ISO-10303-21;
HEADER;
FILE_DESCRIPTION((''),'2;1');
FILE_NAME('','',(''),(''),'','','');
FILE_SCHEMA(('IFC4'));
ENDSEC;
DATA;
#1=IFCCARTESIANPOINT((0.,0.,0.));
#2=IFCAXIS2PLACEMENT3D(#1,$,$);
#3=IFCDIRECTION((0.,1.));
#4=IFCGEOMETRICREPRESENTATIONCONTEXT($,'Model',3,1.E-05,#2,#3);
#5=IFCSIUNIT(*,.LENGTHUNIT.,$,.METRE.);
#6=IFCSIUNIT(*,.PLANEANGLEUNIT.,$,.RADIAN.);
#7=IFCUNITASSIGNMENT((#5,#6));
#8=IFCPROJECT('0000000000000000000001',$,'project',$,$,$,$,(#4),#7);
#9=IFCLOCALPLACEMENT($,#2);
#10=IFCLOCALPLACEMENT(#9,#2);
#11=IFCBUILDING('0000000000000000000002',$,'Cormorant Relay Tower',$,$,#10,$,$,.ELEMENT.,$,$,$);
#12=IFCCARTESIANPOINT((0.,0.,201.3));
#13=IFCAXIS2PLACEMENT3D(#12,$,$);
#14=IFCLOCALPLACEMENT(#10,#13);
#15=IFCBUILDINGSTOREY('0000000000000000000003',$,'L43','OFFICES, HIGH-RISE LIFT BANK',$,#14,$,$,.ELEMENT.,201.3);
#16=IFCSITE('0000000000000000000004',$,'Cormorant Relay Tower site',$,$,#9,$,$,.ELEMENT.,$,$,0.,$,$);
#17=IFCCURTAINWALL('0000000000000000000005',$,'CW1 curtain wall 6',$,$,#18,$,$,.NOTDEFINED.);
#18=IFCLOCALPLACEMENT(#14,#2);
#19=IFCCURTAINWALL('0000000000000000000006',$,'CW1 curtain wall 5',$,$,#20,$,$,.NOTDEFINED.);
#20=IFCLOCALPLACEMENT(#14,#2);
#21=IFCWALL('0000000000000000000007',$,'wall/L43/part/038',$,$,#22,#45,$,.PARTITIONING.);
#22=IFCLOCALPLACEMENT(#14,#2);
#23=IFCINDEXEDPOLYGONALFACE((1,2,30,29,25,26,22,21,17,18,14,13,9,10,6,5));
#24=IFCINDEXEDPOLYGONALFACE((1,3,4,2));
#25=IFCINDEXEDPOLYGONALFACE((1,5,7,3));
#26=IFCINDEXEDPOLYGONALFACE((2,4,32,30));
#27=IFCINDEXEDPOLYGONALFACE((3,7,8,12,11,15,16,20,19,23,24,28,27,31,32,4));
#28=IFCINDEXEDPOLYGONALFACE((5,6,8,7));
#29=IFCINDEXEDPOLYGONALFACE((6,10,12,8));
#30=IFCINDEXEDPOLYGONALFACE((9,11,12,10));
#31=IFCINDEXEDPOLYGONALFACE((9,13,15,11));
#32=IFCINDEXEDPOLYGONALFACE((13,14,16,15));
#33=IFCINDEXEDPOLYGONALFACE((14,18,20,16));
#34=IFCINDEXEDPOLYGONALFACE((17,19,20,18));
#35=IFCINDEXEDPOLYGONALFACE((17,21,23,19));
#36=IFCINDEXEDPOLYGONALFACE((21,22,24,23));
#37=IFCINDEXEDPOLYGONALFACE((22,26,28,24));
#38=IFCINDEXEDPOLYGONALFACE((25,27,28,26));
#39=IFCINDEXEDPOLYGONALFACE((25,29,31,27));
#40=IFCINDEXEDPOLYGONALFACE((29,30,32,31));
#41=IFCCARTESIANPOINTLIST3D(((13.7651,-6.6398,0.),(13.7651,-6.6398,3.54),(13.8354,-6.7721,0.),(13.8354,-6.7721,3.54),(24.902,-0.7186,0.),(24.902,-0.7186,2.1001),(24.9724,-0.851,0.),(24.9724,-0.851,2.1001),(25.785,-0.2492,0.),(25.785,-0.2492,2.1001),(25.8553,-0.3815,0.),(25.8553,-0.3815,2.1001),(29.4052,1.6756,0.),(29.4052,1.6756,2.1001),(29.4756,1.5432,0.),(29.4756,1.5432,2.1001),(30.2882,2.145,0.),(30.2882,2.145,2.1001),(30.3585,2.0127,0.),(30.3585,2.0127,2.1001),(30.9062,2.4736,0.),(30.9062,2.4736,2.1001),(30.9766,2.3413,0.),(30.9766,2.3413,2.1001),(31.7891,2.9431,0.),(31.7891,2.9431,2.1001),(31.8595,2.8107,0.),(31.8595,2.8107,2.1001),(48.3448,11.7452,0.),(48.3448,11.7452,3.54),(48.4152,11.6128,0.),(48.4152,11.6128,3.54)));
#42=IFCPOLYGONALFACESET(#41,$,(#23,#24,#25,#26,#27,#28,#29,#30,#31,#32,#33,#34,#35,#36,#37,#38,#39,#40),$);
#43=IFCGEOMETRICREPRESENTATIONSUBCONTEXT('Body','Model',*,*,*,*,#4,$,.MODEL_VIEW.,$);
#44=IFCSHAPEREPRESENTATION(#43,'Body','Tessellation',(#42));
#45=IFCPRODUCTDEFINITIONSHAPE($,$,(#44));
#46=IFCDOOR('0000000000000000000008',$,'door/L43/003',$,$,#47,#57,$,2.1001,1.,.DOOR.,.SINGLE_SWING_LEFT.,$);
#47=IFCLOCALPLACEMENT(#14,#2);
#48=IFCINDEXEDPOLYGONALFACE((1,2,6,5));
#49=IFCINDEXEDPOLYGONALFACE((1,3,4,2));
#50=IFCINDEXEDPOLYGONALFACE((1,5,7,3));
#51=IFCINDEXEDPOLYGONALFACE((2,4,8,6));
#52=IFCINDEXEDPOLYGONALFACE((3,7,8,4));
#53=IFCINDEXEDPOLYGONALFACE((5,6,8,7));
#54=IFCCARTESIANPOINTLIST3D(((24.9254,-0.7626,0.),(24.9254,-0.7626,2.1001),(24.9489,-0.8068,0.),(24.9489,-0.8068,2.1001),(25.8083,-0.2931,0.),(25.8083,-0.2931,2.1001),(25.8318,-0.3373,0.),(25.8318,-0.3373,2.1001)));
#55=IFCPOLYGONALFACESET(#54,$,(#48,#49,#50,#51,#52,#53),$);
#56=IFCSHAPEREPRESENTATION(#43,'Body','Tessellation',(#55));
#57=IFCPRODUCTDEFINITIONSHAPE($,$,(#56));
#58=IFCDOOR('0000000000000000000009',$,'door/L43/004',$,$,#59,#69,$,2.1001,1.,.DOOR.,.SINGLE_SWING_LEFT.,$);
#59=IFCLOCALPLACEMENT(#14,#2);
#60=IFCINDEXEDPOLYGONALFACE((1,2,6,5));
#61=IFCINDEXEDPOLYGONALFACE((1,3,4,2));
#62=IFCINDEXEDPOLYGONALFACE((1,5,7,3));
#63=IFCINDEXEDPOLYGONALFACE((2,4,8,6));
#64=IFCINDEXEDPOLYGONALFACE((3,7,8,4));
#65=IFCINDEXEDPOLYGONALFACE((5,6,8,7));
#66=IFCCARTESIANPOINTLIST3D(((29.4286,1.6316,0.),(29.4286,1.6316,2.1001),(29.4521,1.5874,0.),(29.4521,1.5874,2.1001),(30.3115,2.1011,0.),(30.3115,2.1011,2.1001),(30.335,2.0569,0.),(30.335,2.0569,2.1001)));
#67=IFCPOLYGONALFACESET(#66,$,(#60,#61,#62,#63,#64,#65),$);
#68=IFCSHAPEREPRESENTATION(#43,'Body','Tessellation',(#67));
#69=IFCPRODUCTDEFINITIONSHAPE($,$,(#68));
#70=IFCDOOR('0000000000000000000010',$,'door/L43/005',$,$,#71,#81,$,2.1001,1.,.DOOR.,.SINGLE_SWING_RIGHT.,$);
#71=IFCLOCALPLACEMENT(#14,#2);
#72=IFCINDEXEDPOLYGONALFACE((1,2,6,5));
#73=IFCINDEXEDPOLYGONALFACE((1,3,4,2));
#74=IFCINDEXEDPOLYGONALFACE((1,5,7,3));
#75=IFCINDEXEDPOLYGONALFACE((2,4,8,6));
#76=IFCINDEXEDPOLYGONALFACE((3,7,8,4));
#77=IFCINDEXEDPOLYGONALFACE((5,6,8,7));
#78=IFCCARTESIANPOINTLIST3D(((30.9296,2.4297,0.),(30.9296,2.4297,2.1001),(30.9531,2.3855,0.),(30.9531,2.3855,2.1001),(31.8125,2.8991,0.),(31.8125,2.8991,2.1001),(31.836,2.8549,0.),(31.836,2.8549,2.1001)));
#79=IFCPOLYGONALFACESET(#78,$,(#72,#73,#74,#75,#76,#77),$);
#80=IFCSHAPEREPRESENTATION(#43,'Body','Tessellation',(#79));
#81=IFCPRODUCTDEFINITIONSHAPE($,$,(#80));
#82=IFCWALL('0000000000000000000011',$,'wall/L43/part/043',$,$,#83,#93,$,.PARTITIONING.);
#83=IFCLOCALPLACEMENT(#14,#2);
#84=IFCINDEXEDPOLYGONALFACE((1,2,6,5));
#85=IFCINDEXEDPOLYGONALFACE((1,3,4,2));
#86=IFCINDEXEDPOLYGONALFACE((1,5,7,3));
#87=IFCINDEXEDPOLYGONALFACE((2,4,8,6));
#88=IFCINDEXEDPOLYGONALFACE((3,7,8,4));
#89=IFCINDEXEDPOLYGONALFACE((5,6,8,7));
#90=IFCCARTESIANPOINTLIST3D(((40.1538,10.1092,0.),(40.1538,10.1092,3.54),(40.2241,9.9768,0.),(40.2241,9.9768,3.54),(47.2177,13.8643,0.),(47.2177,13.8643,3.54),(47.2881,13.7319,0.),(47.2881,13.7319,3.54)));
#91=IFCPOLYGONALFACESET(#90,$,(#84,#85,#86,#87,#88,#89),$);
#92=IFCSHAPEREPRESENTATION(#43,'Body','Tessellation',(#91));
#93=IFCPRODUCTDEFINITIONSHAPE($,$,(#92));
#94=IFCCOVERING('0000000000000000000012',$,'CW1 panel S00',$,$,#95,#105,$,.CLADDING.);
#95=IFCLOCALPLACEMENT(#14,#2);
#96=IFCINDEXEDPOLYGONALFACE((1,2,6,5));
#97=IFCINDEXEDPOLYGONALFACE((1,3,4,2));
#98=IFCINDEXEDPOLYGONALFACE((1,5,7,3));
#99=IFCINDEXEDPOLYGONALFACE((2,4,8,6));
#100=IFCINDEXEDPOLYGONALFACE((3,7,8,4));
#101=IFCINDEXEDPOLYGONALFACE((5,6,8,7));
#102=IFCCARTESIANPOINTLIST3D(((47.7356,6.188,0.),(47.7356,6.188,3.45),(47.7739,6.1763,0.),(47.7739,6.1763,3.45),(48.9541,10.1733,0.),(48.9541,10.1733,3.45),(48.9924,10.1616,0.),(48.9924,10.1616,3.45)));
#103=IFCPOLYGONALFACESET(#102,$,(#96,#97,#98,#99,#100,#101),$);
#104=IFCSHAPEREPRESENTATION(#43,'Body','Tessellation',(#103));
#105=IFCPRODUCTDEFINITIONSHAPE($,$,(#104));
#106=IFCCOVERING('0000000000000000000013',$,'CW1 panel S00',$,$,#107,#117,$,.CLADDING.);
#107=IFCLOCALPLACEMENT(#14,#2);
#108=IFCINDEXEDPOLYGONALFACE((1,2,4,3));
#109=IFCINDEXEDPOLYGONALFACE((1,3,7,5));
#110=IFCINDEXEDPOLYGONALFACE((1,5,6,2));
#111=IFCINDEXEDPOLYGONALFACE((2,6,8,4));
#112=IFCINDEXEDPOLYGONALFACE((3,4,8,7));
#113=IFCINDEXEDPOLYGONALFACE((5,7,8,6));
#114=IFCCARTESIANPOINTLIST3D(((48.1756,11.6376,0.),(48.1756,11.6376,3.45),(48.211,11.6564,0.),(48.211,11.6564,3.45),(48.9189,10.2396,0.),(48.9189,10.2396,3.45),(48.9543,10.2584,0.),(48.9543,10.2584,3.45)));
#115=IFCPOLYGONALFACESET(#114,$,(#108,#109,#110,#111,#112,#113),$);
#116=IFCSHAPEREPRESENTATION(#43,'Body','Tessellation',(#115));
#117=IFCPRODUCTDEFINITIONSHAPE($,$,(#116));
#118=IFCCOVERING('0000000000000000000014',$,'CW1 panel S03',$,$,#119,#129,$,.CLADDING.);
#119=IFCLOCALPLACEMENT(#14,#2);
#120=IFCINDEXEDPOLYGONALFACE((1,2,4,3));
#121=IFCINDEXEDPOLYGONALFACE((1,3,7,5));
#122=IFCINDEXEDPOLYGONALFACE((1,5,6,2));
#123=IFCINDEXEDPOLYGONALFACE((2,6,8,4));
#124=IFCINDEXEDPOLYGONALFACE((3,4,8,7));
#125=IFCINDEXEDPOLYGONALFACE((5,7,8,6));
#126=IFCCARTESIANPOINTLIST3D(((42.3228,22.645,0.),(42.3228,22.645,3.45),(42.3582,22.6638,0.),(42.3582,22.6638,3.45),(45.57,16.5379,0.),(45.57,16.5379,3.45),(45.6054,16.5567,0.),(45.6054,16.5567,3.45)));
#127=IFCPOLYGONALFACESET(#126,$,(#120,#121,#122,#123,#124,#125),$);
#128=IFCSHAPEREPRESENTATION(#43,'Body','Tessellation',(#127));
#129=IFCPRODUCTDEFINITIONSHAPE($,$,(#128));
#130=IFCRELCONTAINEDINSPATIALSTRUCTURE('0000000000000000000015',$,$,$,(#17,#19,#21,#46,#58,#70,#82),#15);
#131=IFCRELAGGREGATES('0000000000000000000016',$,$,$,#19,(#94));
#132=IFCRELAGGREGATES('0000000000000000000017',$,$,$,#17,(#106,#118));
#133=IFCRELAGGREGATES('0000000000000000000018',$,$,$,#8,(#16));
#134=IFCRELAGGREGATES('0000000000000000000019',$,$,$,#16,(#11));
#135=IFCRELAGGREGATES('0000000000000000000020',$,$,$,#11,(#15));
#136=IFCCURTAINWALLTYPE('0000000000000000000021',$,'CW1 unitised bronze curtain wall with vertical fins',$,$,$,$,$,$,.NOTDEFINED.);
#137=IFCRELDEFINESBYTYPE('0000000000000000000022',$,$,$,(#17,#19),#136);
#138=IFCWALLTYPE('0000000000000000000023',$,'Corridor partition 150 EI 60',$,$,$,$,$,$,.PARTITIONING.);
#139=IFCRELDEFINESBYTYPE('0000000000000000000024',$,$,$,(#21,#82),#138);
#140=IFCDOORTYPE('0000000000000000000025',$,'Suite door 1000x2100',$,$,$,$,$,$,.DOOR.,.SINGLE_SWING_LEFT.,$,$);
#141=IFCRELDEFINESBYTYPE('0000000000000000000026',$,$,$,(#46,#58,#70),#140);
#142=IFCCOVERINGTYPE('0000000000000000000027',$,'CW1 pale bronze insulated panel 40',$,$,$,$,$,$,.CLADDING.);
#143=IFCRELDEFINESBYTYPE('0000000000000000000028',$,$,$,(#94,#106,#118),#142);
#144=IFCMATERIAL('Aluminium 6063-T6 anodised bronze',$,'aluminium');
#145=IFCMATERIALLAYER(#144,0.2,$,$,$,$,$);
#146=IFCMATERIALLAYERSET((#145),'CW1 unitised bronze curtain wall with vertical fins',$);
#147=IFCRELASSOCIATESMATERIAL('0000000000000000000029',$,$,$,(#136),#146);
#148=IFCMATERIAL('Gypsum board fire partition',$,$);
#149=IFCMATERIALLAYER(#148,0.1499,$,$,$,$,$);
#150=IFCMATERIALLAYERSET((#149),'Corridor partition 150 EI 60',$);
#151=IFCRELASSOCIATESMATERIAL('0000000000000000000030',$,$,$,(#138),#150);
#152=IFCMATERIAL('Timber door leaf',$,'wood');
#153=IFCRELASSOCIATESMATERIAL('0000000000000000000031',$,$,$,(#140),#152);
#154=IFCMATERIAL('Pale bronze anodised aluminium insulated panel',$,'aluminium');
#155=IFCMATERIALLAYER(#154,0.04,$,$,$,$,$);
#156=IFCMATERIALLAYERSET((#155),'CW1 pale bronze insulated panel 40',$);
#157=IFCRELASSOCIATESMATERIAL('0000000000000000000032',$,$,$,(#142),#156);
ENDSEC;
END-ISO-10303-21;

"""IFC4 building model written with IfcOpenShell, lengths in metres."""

from ifc_helpers import new_model, si_unit, direction, frame, frame_2d, origin, origin_2d, place, context, subcontext, project, spatial, rectangle, extrude, material, layer, layer_set, type_object, element, fill, aggregate, save


model = new_model("IFC4")

# Units and contexts
model_context = context("Model", 3, precision=1e-05, world=origin(), true_north=direction((0.0, 1.0)))
body_context = subcontext(model_context, "Body", "Model", "MODEL_VIEW")
ifc_project = project(units=[si_unit("LENGTHUNIT", "METRE"), si_unit("PLANEANGLEUNIT", "RADIAN")], contexts=[model_context])

# Site, building, storey
site_placement = place(None, origin())
site = spatial("IfcSite", under=ifc_project, at=site_placement, Name="Cormorant Relay Tower site", CompositionType="ELEMENT", RefElevation=0.0)
building_placement = place(site_placement, origin())
building = spatial("IfcBuilding", under=site, at=building_placement, Name="Cormorant Relay Tower", CompositionType="ELEMENT")
storey_placement = place(building_placement, frame((0.0, 0.0, 201.3)))
storey = spatial("IfcBuildingStorey", under=building, at=storey_placement, Name="L43", Description="OFFICES, HIGH-RISE LIFT BANK", CompositionType="ELEMENT", Elevation=201.3)

# Curtain wall
ifc_material_1 = material(Name="Aluminium 6063-T6 anodised bronze", Category="aluminium")
ifc_layer_1 = layer(ifc_material_1, 0.2)
ifc_layer_set_1 = layer_set([ifc_layer_1], Name="CW1 unitised bronze curtain wall with vertical fins")
curtain_wall_type = type_object("IfcCurtainWallType", Name="CW1 unitised bronze curtain wall with vertical fins", PredefinedType="NOTDEFINED", material=ifc_layer_set_1)
curtain_wall_1_placement = place(storey_placement, origin())
curtain_wall_1 = element("IfcCurtainWall", 1, at=curtain_wall_1_placement, inside=storey, type_object=curtain_wall_type, Name="CW1 curtain wall 6", PredefinedType="NOTDEFINED")

# Curtain wall
curtain_wall_2_placement = place(storey_placement, origin())
curtain_wall_2 = element("IfcCurtainWall", 2, at=curtain_wall_2_placement, inside=storey, type_object=curtain_wall_type, Name="CW1 curtain wall 5", PredefinedType="NOTDEFINED")

# Wall, openings, doors
ifc_material_2 = material(Name="Gypsum board fire partition")
ifc_layer_2 = layer(ifc_material_2, 0.1499)
ifc_layer_set_2 = layer_set([ifc_layer_2], Name="Corridor partition 150 EI 60")
wall_type_1 = type_object("IfcWallType", Name="Corridor partition 150 EI 60", PredefinedType="PARTITIONING", material=ifc_layer_set_2)
wall_1_placement = place(storey_placement, frame((48.3799, 11.679, 0.0), z_axis=(0.0, 0.0, 1.0), x_axis=(-0.882963, -0.469443, 0.0)))
wall_1 = element("IfcWall", 3, at=wall_1_placement, inside=storey, type_object=wall_type_1, Name="wall/L43/part/038", PredefinedType="PARTITIONING", context=body_context, shape_type="SweptSolid", body=[
    extrude(rectangle(XDim=39.1633, YDim=0.1499, at=frame_2d((19.5815, 0.0))), origin(), (0.0, 0.0, 1.0), 3.54),
])
opening_1_placement = place(wall_1_placement, frame((25.55, 0.0, 0.0)))
opening_1 = element("IfcOpeningElement", 4, at=opening_1_placement, cuts=wall_1, PredefinedType="OPENING", context=body_context, shape_type="SweptSolid", body=[
    extrude(rectangle(XDim=1.0, YDim=2.1001, at=frame_2d((0.5, 1.05))), frame((0.0, 0.085, 0.0), z_axis=(0.0, -1.0, 0.0), x_axis=(1.0, 0.0, 0.0)), (0.0, 0.0, 1.0), 0.1699),
])
opening_2_placement = place(wall_1_placement, frame((20.45, 0.0, 0.0)))
opening_2 = element("IfcOpeningElement", 5, at=opening_2_placement, cuts=wall_1, PredefinedType="OPENING", context=body_context, shape_type="SweptSolid", body=[
    extrude(rectangle(XDim=1.0, YDim=2.1001, at=frame_2d((0.5, 1.05))), frame((0.0, 0.085, 0.0), z_axis=(0.0, -1.0, 0.0), x_axis=(1.0, 0.0, 0.0)), (0.0, 0.0, 1.0), 0.1699),
])
opening_3_placement = place(wall_1_placement, frame((18.75, 0.0, 0.0)))
opening_3 = element("IfcOpeningElement", 6, at=opening_3_placement, cuts=wall_1, PredefinedType="OPENING", context=body_context, shape_type="SweptSolid", body=[
    extrude(rectangle(XDim=1.0, YDim=2.1001, at=frame_2d((0.5, 1.05))), frame((0.0, 0.085, 0.0), z_axis=(0.0, -1.0, 0.0), x_axis=(1.0, 0.0, 0.0)), (0.0, 0.0, 1.0), 0.1699),
])
ifc_material_3 = material(Name="Timber door leaf", Category="wood")
door_type_1 = type_object("IfcDoorType", Name="Suite door 1000x2100", OperationType="SINGLE_SWING_LEFT", PredefinedType="DOOR", material=ifc_material_3)
door_1_placement = place(opening_1_placement, origin())
door_1 = element("IfcDoor", 7, at=door_1_placement, inside=storey, type_object=door_type_1, Name="door/L43/003", OperationType="SINGLE_SWING_LEFT", OverallHeight=2.1001, OverallWidth=1.0, PredefinedType="DOOR", context=body_context, shape_type="SweptSolid", body=[
    extrude(rectangle(XDim=1.0, YDim=2.1001, at=frame_2d((0.5, 1.05))), frame((0.0, 0.0249, 0.0), z_axis=(0.0, -1.0, 0.0), x_axis=(1.0, 0.0, 0.0)), (0.0, 0.0, 1.0), 0.05),
])
fill(opening_1, door_1)
door_2_placement = place(opening_2_placement, origin())
door_2 = element("IfcDoor", 8, at=door_2_placement, inside=storey, type_object=door_type_1, Name="door/L43/004", OperationType="SINGLE_SWING_LEFT", OverallHeight=2.1001, OverallWidth=1.0, PredefinedType="DOOR", context=body_context, shape_type="SweptSolid", body=[
    extrude(rectangle(XDim=1.0, YDim=2.1001, at=frame_2d((0.5, 1.05))), frame((0.0, 0.0249, 0.0), z_axis=(0.0, -1.0, 0.0), x_axis=(1.0, 0.0, 0.0)), (0.0, 0.0, 1.0), 0.05),
])
fill(opening_2, door_2)
door_3_placement = place(opening_3_placement, origin())
door_3 = element("IfcDoor", 9, at=door_3_placement, inside=storey, type_object=door_type_1, Name="door/L43/005", OperationType="SINGLE_SWING_RIGHT", OverallHeight=2.1001, OverallWidth=1.0, PredefinedType="DOOR", context=body_context, shape_type="SweptSolid", body=[
    extrude(rectangle(XDim=1.0, YDim=2.1001, at=frame_2d((0.5, 1.05))), frame((0.0, 0.0249, 0.0), z_axis=(0.0, -1.0, 0.0), x_axis=(1.0, 0.0, 0.0)), (0.0, 0.0, 1.0), 0.05),
])
fill(opening_3, door_3)

# Wall
wall_2_placement = place(storey_placement, frame((40.189, 10.043, 0.0), z_axis=(0.0, 0.0, 1.0), x_axis=(0.882992, 0.469389, 0.0)))
element("IfcWall", 10, at=wall_2_placement, inside=storey, type_object=wall_type_1, Name="wall/L43/part/043", PredefinedType="PARTITIONING", context=body_context, shape_type="SweptSolid", body=[
    extrude(rectangle(XDim=8.0, YDim=0.1499, at=frame_2d((4.0, 0.0))), origin(), (0.0, 0.0, 1.0), 3.54),
])

# Coverings
ifc_material_4 = material(Name="Pale bronze anodised aluminium insulated panel", Category="aluminium")
ifc_layer_3 = layer(ifc_material_4, 0.04)
ifc_layer_set_3 = layer_set([ifc_layer_3], Name="CW1 pale bronze insulated panel 40")
covering_type = type_object("IfcCoveringType", Name="CW1 pale bronze insulated panel 40", PredefinedType="CLADDING", material=ifc_layer_set_3)
covering_1_placement = place(storey_placement, frame((48.364, 8.1748, 0.0), z_axis=(0.0, 0.0, 1.0), x_axis=(0.292372, 0.956305, 0.0)))
covering_1 = element("IfcCovering", 11, at=covering_1_placement, type_object=covering_type, Name="CW1 panel S00", PredefinedType="CLADDING", context=body_context, shape_type="SweptSolid", body=[
    extrude(rectangle(XDim=4.1675, YDim=0.04, at=origin_2d()), origin(), (0.0, 0.0, 1.0), 3.45),
])
aggregate(curtain_wall_2, [covering_1])
covering_2_placement = place(storey_placement, frame((48.5649, 10.948, 0.0), z_axis=(0.0, 0.0, 1.0), x_axis=(-0.469472, 0.882948, 0.0)))
covering_2 = element("IfcCovering", 12, at=covering_2_placement, type_object=covering_type, Name="CW1 panel S00", PredefinedType="CLADDING", context=body_context, shape_type="SweptSolid", body=[
    extrude(rectangle(XDim=1.5833, YDim=0.04, at=origin_2d()), origin(), (0.0, 0.0, 1.0), 3.45),
])
covering_3_placement = place(storey_placement, frame((43.9641, 19.6008, 0.0), z_axis=(0.0, 0.0, 1.0), x_axis=(-0.469472, 0.882948, 0.0)))
covering_3 = element("IfcCovering", 13, at=covering_3_placement, type_object=covering_type, Name="CW1 panel S03", PredefinedType="CLADDING", context=body_context, shape_type="SweptSolid", body=[
    extrude(rectangle(XDim=6.9167, YDim=0.04, at=origin_2d()), origin(), (0.0, 0.0, 1.0), 3.45),
])
aggregate(curtain_wall_1, [covering_2, covering_3])

save(model, "model.ifc")
